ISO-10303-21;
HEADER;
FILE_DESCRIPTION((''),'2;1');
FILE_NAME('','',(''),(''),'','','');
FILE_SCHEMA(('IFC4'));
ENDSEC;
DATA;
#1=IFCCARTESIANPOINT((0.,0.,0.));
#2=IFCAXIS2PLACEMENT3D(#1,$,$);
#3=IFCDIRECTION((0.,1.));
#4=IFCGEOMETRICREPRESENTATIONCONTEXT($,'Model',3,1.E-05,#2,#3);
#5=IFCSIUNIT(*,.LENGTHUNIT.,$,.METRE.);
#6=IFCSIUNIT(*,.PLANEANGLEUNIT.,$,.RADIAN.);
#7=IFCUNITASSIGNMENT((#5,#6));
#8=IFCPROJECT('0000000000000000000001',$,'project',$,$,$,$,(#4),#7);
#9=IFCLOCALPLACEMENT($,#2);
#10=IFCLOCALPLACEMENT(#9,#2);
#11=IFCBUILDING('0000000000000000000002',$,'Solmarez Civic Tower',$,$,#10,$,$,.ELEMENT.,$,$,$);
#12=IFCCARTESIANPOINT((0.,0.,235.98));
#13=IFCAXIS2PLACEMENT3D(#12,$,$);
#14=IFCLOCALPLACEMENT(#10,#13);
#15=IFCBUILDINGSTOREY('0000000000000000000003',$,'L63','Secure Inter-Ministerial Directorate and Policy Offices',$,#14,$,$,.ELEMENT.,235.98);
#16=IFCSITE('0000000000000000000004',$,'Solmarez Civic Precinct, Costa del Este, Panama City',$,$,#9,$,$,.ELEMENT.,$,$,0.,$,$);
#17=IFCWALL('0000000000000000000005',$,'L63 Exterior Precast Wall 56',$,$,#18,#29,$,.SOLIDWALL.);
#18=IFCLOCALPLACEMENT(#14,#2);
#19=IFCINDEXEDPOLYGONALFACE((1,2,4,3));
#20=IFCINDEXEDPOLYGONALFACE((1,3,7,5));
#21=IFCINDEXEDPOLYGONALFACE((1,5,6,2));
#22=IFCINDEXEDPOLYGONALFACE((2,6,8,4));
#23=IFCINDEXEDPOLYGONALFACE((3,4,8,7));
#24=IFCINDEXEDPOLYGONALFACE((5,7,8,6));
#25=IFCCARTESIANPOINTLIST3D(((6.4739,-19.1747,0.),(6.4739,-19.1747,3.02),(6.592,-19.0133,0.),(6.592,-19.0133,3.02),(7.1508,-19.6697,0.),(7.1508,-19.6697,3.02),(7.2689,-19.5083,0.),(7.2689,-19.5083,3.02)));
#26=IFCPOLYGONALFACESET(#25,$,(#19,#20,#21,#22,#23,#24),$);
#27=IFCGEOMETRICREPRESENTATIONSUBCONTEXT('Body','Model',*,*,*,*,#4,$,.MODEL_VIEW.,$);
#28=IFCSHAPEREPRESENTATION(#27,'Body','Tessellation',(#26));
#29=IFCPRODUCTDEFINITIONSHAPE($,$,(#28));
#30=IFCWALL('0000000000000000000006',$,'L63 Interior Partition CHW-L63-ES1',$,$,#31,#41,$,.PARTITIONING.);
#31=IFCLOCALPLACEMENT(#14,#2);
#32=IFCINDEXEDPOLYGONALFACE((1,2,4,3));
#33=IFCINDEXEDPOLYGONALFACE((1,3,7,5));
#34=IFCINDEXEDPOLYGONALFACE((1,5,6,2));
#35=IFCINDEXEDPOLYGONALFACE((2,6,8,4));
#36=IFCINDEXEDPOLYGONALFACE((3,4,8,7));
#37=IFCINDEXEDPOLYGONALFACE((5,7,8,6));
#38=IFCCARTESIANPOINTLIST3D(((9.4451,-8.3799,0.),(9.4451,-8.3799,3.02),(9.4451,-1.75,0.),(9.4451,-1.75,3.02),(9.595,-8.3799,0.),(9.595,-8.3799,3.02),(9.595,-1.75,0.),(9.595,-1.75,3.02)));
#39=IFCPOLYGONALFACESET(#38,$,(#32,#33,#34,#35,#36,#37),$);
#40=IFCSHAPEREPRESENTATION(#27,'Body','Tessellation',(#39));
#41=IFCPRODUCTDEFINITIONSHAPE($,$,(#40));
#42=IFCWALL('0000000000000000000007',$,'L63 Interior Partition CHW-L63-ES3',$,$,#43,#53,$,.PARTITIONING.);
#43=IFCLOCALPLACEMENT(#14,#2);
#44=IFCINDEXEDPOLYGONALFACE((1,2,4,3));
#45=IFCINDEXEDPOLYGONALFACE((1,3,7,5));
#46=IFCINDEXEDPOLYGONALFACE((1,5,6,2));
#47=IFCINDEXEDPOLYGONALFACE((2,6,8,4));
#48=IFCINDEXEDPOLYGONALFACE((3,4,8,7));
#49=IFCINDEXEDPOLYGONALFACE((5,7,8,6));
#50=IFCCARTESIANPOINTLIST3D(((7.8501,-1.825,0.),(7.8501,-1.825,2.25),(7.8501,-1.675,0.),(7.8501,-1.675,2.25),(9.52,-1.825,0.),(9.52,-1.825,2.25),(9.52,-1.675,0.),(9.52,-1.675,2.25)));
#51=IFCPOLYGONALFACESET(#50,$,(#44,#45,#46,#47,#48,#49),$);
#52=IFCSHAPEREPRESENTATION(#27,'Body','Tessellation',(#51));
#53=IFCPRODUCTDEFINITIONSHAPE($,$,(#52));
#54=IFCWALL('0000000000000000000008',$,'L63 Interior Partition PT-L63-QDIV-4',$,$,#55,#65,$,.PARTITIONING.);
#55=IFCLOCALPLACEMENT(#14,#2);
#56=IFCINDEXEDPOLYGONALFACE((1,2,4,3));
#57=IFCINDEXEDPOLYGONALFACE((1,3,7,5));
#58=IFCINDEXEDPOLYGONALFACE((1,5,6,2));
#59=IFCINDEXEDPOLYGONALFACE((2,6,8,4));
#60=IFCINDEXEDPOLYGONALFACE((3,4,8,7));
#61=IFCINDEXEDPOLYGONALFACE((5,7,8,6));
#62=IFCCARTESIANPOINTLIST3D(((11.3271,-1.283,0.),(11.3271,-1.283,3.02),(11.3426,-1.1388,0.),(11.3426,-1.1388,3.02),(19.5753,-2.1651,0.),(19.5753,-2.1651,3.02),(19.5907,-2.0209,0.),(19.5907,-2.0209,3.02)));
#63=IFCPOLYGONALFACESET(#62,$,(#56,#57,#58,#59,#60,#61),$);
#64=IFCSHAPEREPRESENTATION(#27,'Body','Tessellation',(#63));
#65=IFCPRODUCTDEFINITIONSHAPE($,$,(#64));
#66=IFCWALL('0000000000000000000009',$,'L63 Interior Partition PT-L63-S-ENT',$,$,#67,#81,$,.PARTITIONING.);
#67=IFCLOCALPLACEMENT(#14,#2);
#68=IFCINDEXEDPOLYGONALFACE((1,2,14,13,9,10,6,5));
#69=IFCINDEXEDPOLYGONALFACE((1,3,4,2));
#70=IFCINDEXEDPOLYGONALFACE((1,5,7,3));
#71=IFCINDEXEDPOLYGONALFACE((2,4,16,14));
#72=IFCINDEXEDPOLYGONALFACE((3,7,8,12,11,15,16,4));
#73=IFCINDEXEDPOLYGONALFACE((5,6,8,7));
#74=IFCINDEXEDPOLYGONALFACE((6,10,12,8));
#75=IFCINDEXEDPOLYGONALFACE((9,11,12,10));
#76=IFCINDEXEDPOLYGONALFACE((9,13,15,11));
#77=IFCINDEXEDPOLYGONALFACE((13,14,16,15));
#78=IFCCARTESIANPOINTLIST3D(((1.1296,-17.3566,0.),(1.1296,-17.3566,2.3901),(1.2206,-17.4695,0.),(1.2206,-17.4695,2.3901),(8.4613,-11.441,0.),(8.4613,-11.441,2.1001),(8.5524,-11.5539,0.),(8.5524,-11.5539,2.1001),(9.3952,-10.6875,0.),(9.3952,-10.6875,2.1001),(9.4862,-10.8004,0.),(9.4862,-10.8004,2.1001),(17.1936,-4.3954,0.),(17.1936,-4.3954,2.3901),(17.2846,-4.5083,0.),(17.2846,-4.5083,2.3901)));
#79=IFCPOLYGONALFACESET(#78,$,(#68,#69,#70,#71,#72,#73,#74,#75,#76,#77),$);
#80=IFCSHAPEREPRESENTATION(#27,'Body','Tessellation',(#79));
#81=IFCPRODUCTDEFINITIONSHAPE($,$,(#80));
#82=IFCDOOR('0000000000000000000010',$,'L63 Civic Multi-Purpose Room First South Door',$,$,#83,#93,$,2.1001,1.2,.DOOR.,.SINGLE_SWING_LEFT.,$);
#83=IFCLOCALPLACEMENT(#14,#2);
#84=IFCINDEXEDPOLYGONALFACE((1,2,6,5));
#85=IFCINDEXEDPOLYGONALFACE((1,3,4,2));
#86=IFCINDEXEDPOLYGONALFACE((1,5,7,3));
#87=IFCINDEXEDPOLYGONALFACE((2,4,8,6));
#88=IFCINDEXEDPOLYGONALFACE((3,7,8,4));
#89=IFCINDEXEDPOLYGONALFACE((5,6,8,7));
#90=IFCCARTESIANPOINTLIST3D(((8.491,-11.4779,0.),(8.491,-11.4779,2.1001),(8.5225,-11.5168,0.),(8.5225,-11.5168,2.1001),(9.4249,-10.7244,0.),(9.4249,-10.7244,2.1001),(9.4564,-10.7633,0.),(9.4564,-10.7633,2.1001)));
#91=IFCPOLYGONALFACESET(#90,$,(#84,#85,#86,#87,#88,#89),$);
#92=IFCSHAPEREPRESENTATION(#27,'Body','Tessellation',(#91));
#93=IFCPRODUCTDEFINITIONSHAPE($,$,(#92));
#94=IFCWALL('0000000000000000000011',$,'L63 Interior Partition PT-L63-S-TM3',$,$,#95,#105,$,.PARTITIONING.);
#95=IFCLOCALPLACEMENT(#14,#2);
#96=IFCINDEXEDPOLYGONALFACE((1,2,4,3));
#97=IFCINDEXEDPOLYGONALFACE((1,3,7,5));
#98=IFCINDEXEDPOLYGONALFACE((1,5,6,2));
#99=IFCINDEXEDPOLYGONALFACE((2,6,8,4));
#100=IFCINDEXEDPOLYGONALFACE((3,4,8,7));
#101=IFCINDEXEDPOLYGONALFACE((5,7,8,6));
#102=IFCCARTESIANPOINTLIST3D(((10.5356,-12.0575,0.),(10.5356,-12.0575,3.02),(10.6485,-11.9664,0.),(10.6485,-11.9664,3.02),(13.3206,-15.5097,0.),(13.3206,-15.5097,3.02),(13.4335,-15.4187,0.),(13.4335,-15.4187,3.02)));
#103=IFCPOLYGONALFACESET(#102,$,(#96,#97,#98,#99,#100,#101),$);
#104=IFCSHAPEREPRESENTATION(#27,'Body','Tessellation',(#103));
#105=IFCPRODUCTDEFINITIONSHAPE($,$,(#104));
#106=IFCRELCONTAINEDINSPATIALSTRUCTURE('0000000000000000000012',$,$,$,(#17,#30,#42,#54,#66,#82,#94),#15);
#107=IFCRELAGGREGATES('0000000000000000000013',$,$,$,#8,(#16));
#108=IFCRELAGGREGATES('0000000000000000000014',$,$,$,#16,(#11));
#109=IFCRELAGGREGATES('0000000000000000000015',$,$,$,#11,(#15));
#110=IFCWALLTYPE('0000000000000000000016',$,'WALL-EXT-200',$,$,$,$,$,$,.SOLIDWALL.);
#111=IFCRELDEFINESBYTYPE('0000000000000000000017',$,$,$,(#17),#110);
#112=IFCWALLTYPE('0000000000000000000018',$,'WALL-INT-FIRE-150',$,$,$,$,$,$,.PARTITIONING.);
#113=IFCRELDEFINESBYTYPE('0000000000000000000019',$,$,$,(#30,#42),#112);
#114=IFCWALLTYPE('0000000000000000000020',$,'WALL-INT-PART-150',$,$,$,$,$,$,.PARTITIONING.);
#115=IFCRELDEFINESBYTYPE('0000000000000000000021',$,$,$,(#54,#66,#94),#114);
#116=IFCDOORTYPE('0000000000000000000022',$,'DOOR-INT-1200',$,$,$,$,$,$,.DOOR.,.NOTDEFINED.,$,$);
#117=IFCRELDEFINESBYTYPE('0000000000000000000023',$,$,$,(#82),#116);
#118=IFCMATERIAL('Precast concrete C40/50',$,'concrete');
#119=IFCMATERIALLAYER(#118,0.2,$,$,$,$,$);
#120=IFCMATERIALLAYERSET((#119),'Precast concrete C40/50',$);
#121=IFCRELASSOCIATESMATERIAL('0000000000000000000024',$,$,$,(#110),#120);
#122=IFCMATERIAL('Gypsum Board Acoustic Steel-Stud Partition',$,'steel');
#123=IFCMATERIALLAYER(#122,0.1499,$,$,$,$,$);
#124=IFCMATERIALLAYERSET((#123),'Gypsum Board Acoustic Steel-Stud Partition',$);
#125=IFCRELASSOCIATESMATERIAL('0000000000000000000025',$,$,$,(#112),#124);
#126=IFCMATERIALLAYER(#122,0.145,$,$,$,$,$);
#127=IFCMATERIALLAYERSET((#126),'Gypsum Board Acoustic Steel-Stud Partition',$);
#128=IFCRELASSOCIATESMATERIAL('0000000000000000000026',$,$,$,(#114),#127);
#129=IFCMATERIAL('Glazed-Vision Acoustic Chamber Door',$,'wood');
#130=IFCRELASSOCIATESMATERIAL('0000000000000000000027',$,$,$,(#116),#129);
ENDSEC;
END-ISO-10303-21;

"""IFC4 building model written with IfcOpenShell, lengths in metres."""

from ifc_helpers import new_model, si_unit, direction, frame, frame_2d, origin, place, context, subcontext, project, spatial, rectangle, extrude, material, layer, layer_set, type_object, element, fill, save


model = new_model("IFC4")

# Units and contexts
model_context = context("Model", 3, precision=1e-05, world=origin(), true_north=direction((0.0, 1.0)))
body_context = subcontext(model_context, "Body", "Model", "MODEL_VIEW")
ifc_project = project(units=[si_unit("LENGTHUNIT", "METRE"), si_unit("PLANEANGLEUNIT", "RADIAN")], contexts=[model_context])

# Site, building, storey
site_placement = place(None, origin())
site = spatial("IfcSite", under=ifc_project, at=site_placement, Name="Solmarez Civic Precinct, Costa del Este, Panama City", CompositionType="ELEMENT", RefElevation=0.0)
building_placement = place(site_placement, origin())
building = spatial("IfcBuilding", under=site, at=building_placement, Name="Solmarez Civic Tower", CompositionType="ELEMENT")
storey_placement = place(building_placement, frame((0.0, 0.0, 235.98)))
storey = spatial("IfcBuildingStorey", under=building, at=storey_placement, Name="L63", Description="Secure Inter-Ministerial Directorate and Policy Offices", CompositionType="ELEMENT", Elevation=235.98)

# Walls
ifc_material_1 = material(Name="Precast concrete C40/50", Category="concrete")
ifc_layer_1 = layer(ifc_material_1, 0.2)
ifc_layer_set_1 = layer_set([ifc_layer_1], Name="Precast concrete C40/50")
wall_type_1 = type_object("IfcWallType", Name="WALL-EXT-200", PredefinedType="SOLIDWALL", material=ifc_layer_set_1)
wall_1_placement = place(storey_placement, frame((7.21, -19.5891, 0.0), z_axis=(0.0, 0.0, 1.0), x_axis=(-0.807172, 0.590316, 0.0)))
element("IfcWall", 1, at=wall_1_placement, inside=storey, type_object=wall_type_1, Name="L63 Exterior Precast Wall 56", PredefinedType="SOLIDWALL", context=body_context, shape_type="SweptSolid", body=[
    extrude(rectangle(XDim=0.8386, YDim=0.2, at=frame_2d((0.4194, 0.0))), origin(), (0.0, 0.0, 1.0), 3.02),
])
ifc_material_2 = material(Name="Gypsum Board Acoustic Steel-Stud Partition", Category="steel")
ifc_layer_2 = layer(ifc_material_2, 0.1499)
ifc_layer_set_2 = layer_set([ifc_layer_2], Name="Gypsum Board Acoustic Steel-Stud Partition")
wall_type_2 = type_object("IfcWallType", Name="WALL-INT-FIRE-150", PredefinedType="PARTITIONING", material=ifc_layer_set_2)
wall_2_placement = place(storey_placement, frame((9.52, -8.3799, 0.0), z_axis=(0.0, 0.0, 1.0), x_axis=(0.0, 1.0, 0.0)))
element("IfcWall", 2, at=wall_2_placement, inside=storey, type_object=wall_type_2, Name="L63 Interior Partition CHW-L63-ES1", PredefinedType="PARTITIONING", context=body_context, shape_type="SweptSolid", body=[
    extrude(rectangle(XDim=6.6299, YDim=0.1499, at=frame_2d((3.3149, 0.0))), origin(), (0.0, 0.0, 1.0), 3.02),
])
wall_3_placement = place(storey_placement, frame((7.8501, -1.75, 0.0), z_axis=(0.0, 0.0, 1.0), x_axis=(1.0, 0.0, 0.0)))
element("IfcWall", 3, at=wall_3_placement, inside=storey, type_object=wall_type_2, Name="L63 Interior Partition CHW-L63-ES3", PredefinedType="PARTITIONING", context=body_context, shape_type="SweptSolid", body=[
    extrude(rectangle(XDim=1.6699, YDim=0.1499, at=frame_2d((0.835, 0.0))), origin(), (0.0, 0.0, 1.0), 2.25),
])
ifc_layer_3 = layer(ifc_material_2, 0.145)
ifc_layer_set_3 = layer_set([ifc_layer_3], Name="Gypsum Board Acoustic Steel-Stud Partition")
wall_type_3 = type_object("IfcWallType", Name="WALL-INT-PART-150", PredefinedType="PARTITIONING", material=ifc_layer_set_3)
wall_4_placement = place(storey_placement, frame((11.335, -1.2109, 0.0), z_axis=(0.0, 0.0, 1.0), x_axis=(0.99433, -0.106338, 0.0)))
element("IfcWall", 4, at=wall_4_placement, inside=storey, type_object=wall_type_3, Name="L63 Interior Partition PT-L63-QDIV-4", PredefinedType="PARTITIONING", context=body_context, shape_type="SweptSolid", body=[
    extrude(rectangle(XDim=8.2952, YDim=0.145, at=frame_2d((4.1475, 0.0))), origin(), (0.0, 0.0, 1.0), 3.02),
])

# Wall, opening, door
wall_5_placement = place(storey_placement, frame((17.239, -4.4519, 0.0), z_axis=(0.0, 0.0, 1.0), x_axis=(-0.778262, -0.627939, 0.0)))
wall_5 = element("IfcWall", 5, at=wall_5_placement, inside=storey, type_object=wall_type_3, Name="L63 Interior Partition PT-L63-S-ENT", PredefinedType="PARTITIONING", context=body_context, shape_type="SweptSolid", body=[
    extrude(rectangle(XDim=20.6409, YDim=0.145, at=frame_2d((10.3203, 0.0))), origin(), (0.0, 0.0, 1.0), 2.3901),
])
opening_placement = place(wall_5_placement, frame((10.02, 0.0, 0.0)))
opening = element("IfcOpeningElement", 6, at=opening_placement, cuts=wall_5, PredefinedType="OPENING", context=body_context, shape_type="SweptSolid", body=[
    extrude(rectangle(XDim=1.2, YDim=2.1001, at=frame_2d((0.6001, 1.05))), frame((0.0, 0.0825, 0.0), z_axis=(0.0, -1.0, 0.0), x_axis=(1.0, 0.0, 0.0)), (0.0, 0.0, 1.0), 0.165),
])
ifc_material_3 = material(Name="Glazed-Vision Acoustic Chamber Door", Category="wood")
door_type = type_object("IfcDoorType", Name="DOOR-INT-1200", OperationType="NOTDEFINED", PredefinedType="DOOR", material=ifc_material_3)
door_placement = place(opening_placement, origin())
door = element("IfcDoor", 7, at=door_placement, inside=storey, type_object=door_type, Name="L63 Civic Multi-Purpose Room First South Door", OperationType="SINGLE_SWING_LEFT", OverallHeight=2.1001, OverallWidth=1.2, PredefinedType="DOOR", context=body_context, shape_type="SweptSolid", body=[
    extrude(rectangle(XDim=1.2, YDim=2.1001, at=frame_2d((0.6001, 1.05))), frame((0.0, 0.0249, 0.0), z_axis=(0.0, -1.0, 0.0), x_axis=(1.0, 0.0, 0.0)), (0.0, 0.0, 1.0), 0.05),
])
fill(opening, door)

# Wall
wall_6_placement = place(storey_placement, frame((10.592, -12.012, 0.0), z_axis=(0.0, 0.0, 1.0), x_axis=(0.627878, -0.778312, 0.0)))
element("IfcWall", 8, at=wall_6_placement, inside=storey, type_object=wall_type_3, Name="L63 Interior Partition PT-L63-S-TM3", PredefinedType="PARTITIONING", context=body_context, shape_type="SweptSolid", body=[
    extrude(rectangle(XDim=4.4355, YDim=0.145, at=frame_2d((2.2178, 0.0))), origin(), (0.0, 0.0, 1.0), 3.02),
])

save(model, "model.ifc")
